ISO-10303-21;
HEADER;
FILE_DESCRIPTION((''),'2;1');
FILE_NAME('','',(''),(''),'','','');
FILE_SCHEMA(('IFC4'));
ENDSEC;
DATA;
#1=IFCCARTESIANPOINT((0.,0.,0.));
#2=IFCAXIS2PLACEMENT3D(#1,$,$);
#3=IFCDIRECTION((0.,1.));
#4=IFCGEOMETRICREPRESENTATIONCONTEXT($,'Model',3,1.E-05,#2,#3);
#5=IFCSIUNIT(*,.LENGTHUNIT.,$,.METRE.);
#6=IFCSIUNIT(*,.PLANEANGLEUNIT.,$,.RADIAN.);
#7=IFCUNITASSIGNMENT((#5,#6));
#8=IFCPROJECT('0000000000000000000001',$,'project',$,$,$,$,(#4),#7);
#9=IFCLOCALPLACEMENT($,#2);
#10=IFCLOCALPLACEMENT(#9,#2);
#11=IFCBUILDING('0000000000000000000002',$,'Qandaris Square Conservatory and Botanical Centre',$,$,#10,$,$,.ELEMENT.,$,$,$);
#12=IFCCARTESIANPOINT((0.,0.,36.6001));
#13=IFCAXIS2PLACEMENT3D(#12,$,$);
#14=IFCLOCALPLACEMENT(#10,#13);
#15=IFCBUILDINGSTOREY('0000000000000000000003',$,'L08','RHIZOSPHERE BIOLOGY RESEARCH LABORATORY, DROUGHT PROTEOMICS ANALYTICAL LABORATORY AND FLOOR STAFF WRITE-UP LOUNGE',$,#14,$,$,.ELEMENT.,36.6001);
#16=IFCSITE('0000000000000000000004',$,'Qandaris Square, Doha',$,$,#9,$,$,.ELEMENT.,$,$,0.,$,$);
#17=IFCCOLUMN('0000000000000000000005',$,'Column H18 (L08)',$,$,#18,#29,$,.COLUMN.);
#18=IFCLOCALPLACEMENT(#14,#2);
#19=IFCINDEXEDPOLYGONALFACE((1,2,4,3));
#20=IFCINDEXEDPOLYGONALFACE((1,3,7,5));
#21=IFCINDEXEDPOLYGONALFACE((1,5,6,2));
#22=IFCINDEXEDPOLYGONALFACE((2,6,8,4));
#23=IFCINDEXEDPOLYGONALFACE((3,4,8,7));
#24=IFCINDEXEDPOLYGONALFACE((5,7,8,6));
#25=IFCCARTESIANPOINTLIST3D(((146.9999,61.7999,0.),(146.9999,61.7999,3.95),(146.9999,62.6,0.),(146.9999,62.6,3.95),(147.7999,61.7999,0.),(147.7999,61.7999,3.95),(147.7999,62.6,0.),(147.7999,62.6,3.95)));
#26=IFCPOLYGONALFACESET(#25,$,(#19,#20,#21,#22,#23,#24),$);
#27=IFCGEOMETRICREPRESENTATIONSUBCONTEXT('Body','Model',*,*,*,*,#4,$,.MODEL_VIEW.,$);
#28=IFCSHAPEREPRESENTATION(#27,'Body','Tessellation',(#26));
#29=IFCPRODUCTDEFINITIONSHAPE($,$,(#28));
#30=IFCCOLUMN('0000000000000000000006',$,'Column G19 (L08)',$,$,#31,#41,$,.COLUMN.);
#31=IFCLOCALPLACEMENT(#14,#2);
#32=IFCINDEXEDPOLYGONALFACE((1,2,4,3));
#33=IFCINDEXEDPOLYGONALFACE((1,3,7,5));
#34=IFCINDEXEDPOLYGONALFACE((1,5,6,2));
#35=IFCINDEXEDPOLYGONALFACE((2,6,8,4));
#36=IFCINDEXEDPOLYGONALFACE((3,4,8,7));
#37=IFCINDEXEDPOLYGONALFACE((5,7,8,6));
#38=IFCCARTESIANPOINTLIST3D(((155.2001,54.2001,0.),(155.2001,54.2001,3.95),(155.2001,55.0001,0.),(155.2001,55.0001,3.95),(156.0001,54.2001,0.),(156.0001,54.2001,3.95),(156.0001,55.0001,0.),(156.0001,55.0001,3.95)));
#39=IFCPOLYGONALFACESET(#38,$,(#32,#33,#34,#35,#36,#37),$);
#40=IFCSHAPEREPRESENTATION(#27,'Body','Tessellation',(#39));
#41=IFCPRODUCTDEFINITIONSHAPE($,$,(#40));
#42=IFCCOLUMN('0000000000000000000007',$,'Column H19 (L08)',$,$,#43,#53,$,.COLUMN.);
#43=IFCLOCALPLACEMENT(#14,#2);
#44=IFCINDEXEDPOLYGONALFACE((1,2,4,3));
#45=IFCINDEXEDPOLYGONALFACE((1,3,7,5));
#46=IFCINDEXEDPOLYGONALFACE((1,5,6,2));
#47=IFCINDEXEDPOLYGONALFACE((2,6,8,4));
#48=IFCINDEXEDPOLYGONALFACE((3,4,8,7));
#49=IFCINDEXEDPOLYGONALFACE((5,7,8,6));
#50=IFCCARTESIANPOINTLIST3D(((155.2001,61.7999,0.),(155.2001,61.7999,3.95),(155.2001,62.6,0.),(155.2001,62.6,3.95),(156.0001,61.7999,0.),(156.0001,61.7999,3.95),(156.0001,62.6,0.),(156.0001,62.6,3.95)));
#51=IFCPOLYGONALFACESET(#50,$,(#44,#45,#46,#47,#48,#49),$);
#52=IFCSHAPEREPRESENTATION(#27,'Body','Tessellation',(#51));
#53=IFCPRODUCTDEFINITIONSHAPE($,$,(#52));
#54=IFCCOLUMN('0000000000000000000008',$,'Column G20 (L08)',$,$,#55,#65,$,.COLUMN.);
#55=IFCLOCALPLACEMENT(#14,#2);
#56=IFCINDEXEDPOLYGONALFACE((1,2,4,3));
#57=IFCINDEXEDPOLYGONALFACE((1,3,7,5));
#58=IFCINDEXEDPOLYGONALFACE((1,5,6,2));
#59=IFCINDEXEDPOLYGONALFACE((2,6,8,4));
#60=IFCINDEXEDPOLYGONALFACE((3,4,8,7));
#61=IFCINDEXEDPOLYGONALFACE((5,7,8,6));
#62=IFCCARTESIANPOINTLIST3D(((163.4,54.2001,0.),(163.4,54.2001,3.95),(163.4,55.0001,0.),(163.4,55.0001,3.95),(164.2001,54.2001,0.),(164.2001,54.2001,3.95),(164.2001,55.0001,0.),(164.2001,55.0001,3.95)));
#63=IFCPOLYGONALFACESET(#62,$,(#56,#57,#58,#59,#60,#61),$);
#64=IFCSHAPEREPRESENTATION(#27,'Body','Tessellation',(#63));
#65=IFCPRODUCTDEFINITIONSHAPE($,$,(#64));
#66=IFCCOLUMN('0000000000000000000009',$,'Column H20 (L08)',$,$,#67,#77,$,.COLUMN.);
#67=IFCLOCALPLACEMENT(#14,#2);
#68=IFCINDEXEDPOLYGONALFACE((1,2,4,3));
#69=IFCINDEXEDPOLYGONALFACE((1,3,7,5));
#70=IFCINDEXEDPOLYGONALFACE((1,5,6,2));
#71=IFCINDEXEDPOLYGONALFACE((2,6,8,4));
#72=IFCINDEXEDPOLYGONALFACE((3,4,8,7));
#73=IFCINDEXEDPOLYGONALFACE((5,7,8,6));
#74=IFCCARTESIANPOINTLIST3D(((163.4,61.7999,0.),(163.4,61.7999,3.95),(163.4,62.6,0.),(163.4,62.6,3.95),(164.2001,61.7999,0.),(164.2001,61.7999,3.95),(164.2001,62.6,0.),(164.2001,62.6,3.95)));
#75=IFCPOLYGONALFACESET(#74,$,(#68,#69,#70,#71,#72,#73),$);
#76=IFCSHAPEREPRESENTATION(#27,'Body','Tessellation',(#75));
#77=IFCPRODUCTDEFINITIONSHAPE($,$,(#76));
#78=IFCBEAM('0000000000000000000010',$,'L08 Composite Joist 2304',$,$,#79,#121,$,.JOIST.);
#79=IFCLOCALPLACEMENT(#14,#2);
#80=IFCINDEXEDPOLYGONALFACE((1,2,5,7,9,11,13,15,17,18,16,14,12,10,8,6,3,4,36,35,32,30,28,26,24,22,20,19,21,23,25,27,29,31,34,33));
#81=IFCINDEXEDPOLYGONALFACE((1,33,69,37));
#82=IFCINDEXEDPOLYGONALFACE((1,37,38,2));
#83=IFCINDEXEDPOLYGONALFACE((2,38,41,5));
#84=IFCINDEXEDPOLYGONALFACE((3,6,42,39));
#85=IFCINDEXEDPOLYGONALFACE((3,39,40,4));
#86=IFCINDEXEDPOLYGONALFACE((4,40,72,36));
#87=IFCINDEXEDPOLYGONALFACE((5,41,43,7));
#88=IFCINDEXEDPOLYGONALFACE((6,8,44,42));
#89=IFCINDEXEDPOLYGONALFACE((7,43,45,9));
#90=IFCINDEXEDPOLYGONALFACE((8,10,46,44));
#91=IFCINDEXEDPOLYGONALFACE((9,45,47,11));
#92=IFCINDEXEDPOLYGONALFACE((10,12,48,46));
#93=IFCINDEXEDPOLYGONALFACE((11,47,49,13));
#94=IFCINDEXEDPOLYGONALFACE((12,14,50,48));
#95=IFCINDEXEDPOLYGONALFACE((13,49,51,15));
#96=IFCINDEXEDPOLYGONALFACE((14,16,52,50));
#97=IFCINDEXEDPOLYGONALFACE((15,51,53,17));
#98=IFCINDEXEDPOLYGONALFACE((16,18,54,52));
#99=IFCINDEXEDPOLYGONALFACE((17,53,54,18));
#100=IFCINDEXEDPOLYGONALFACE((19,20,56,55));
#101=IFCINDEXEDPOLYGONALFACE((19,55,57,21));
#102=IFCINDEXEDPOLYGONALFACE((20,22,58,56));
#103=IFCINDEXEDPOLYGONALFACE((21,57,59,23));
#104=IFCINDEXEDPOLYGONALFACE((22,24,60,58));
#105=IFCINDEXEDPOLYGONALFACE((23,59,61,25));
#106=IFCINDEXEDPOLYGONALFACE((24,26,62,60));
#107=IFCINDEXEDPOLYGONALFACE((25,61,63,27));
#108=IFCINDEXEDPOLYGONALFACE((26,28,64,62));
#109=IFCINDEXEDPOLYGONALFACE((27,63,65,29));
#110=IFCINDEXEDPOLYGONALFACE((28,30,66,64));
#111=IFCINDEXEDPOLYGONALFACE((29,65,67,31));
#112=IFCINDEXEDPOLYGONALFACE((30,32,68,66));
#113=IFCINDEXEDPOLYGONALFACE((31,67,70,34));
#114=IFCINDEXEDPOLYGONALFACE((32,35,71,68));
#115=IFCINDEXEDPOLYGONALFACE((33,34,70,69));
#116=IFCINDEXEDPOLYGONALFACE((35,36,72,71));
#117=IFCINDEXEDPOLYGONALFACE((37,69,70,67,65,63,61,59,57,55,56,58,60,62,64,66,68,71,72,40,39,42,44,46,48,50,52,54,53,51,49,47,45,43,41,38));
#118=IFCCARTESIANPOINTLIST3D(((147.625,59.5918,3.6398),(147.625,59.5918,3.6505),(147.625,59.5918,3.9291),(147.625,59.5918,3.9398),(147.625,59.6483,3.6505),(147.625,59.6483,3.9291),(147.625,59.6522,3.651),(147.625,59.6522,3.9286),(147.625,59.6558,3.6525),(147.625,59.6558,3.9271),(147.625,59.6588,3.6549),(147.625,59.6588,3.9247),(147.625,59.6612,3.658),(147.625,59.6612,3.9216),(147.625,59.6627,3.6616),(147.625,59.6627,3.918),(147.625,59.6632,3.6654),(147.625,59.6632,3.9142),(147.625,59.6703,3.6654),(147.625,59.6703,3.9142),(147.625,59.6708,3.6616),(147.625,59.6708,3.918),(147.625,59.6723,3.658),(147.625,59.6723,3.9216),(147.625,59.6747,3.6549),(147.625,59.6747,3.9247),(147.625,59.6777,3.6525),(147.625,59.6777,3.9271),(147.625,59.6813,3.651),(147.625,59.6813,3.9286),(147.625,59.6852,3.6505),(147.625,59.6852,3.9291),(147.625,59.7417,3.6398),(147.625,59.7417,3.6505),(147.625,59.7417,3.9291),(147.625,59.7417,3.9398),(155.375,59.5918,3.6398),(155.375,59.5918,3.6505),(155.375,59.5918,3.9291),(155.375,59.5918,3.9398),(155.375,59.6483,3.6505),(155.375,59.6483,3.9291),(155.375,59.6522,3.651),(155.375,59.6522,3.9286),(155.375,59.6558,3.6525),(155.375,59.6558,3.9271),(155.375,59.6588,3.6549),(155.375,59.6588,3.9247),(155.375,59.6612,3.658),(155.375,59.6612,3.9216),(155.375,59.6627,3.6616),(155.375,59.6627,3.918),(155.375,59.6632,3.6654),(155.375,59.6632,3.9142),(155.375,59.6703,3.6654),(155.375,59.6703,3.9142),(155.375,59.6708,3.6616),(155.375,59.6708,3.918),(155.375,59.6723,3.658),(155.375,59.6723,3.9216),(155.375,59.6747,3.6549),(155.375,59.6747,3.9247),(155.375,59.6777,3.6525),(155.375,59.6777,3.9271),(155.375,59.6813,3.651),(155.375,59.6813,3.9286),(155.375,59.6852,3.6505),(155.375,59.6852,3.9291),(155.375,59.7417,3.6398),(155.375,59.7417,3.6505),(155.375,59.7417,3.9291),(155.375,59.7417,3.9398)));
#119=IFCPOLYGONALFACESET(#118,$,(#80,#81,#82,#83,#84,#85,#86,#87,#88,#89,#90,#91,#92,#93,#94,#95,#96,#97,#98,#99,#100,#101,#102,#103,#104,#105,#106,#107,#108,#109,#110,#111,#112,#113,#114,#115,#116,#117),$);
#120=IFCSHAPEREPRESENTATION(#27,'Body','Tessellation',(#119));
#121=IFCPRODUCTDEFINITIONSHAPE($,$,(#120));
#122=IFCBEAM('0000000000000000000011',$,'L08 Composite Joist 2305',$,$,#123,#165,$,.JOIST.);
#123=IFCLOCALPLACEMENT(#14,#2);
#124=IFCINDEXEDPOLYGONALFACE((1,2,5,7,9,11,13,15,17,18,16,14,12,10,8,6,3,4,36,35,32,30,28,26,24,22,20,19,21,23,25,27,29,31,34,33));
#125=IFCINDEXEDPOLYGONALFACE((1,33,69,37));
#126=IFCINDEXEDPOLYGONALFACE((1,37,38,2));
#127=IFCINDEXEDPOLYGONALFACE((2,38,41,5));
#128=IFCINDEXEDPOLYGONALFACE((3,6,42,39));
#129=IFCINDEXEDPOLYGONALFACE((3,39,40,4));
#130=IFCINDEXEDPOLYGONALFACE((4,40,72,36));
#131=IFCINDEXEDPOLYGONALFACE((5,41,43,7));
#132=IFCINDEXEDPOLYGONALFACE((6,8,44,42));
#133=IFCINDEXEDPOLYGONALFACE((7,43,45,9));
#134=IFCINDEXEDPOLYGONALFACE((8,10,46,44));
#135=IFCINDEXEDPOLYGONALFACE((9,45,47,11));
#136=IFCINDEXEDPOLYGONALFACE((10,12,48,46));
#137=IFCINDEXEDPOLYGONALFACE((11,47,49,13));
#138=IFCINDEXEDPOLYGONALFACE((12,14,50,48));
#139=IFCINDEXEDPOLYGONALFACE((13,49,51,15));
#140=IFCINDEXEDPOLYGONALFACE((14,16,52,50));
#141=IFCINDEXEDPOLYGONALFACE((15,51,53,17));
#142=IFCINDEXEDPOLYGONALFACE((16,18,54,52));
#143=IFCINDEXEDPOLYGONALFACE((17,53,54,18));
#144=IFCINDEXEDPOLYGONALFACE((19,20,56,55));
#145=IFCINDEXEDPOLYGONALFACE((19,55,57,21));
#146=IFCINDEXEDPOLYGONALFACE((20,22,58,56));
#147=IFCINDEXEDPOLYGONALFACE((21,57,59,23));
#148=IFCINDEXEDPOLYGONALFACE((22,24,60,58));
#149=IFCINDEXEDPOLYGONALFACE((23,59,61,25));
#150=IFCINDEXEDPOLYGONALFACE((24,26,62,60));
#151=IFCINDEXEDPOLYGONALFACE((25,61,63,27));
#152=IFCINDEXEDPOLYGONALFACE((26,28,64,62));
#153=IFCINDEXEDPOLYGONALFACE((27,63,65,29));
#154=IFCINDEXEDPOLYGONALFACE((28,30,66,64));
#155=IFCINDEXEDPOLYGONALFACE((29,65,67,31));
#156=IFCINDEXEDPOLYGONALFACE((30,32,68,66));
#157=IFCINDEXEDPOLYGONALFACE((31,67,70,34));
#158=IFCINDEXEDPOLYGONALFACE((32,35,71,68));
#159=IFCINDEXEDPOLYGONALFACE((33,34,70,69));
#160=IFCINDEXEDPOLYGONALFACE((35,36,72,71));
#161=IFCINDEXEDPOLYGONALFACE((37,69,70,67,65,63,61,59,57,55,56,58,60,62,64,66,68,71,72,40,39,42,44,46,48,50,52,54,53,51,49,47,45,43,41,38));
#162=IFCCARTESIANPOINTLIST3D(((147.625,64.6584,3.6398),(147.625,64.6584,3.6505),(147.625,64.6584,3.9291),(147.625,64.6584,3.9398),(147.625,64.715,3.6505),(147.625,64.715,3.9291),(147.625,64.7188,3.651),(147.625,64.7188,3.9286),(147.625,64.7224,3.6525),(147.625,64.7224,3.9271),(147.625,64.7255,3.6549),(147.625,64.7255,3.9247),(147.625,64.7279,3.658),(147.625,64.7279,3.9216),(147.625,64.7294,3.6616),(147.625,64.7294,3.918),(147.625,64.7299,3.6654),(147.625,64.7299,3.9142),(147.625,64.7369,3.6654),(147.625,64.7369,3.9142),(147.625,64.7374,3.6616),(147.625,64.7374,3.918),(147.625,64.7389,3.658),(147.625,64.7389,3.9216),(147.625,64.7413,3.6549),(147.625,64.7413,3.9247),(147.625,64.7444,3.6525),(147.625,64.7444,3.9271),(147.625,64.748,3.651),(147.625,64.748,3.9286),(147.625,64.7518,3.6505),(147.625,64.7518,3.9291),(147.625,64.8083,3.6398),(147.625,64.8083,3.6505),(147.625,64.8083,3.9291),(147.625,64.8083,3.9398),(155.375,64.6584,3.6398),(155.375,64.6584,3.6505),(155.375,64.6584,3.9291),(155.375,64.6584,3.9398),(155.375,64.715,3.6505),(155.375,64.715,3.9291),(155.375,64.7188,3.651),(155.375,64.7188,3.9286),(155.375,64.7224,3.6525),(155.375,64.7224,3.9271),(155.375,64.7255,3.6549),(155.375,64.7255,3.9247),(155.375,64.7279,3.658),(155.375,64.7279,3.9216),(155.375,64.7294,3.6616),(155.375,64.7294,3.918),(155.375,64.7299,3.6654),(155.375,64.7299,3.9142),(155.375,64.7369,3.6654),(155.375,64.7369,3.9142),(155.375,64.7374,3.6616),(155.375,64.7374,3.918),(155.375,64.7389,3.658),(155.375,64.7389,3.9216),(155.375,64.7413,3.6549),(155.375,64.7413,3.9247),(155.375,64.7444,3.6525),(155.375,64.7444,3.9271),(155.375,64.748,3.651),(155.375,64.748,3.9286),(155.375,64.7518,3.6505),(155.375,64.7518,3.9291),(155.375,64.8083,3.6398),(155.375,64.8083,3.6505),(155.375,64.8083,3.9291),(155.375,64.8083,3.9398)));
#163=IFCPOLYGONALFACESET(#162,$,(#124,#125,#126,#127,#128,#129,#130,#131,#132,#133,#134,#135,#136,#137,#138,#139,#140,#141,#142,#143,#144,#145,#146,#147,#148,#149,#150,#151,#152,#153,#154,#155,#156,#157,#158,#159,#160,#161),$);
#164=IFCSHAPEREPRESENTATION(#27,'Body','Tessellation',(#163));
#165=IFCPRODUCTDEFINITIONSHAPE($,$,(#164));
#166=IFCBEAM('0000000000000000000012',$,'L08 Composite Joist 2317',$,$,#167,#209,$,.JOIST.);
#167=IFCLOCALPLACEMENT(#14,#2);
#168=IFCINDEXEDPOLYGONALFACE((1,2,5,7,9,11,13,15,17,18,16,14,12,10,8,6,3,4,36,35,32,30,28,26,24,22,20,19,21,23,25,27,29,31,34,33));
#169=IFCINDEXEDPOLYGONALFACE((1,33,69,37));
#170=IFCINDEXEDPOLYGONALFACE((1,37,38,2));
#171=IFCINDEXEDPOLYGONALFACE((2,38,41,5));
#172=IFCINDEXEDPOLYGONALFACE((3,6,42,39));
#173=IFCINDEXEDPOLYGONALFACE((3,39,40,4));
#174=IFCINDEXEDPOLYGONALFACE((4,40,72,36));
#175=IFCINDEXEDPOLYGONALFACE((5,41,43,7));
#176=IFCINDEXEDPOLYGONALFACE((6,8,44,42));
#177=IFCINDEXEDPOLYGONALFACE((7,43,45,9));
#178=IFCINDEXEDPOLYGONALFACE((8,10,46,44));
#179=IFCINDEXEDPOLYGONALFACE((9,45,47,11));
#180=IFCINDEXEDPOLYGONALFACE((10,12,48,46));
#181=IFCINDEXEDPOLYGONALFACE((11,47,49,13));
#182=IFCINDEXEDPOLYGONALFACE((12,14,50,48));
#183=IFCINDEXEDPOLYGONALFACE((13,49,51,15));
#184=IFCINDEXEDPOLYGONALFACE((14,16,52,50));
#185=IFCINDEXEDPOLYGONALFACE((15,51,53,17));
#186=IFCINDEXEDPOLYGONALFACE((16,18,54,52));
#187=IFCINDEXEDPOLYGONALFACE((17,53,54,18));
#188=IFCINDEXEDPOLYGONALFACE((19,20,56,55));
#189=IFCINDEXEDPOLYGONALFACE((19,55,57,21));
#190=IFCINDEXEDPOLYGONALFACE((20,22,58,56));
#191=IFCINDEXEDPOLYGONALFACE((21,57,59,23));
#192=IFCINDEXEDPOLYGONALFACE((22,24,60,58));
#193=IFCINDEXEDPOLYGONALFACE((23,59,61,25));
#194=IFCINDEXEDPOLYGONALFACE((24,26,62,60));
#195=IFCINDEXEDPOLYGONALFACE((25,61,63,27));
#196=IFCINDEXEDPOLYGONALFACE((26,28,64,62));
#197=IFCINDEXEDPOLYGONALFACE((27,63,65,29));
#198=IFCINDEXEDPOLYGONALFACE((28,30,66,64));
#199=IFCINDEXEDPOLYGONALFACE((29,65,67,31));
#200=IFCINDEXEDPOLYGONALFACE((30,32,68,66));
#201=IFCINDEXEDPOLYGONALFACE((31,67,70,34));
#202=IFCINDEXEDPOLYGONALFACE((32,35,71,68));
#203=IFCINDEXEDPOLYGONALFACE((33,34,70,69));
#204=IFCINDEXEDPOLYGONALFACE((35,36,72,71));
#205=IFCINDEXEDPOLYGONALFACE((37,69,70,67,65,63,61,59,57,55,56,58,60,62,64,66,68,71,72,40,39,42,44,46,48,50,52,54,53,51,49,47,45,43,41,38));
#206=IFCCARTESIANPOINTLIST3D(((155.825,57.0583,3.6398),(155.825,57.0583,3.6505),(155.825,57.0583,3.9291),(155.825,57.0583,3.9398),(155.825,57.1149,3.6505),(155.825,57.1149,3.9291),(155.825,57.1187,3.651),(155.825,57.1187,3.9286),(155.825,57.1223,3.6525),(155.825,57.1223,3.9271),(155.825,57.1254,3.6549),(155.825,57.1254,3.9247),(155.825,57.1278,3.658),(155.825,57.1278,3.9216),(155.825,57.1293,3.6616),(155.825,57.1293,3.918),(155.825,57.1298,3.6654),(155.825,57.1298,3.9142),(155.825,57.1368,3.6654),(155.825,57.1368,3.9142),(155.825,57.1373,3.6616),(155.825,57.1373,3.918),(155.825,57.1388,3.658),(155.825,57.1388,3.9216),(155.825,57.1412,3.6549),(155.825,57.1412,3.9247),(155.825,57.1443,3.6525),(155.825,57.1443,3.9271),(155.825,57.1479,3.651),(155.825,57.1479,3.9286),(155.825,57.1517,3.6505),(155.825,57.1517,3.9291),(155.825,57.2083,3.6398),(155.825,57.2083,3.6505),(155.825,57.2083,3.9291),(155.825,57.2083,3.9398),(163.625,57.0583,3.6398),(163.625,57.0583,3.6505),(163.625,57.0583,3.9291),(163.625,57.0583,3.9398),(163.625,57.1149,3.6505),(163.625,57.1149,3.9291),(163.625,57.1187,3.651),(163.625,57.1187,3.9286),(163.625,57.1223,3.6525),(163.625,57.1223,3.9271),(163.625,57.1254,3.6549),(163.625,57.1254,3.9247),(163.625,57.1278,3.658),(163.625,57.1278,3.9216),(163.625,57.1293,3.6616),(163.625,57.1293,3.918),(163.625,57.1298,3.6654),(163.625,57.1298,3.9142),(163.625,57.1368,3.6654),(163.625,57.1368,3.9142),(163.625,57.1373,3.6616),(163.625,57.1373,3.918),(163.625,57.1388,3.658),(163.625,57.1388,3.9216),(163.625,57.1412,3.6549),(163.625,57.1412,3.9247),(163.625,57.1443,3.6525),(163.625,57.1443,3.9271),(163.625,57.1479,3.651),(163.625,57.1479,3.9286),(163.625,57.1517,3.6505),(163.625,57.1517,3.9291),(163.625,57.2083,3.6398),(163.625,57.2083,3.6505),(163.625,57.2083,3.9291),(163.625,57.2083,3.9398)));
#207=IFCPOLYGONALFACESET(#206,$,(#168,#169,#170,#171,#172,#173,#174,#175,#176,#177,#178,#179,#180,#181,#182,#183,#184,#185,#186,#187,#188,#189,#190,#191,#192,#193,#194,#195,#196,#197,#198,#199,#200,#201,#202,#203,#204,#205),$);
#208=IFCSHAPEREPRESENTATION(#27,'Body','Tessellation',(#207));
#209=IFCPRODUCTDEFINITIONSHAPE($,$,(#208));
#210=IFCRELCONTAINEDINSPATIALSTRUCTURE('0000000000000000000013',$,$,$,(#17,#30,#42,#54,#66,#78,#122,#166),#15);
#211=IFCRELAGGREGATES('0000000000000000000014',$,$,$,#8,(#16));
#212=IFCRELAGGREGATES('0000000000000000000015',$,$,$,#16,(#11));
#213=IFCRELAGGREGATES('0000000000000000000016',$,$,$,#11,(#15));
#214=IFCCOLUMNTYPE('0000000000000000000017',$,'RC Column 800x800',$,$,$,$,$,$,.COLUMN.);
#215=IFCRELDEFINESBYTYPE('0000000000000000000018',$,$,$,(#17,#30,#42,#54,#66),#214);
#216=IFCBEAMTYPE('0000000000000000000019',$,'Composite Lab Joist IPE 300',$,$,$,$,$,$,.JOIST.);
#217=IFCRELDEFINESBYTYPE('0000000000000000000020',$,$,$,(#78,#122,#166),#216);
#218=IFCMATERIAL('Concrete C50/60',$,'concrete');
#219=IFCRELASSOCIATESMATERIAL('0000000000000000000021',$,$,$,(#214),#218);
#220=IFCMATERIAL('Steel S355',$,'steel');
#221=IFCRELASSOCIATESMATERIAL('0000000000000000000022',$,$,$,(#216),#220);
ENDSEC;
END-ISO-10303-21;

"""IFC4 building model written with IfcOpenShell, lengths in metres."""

from ifc_helpers import new_model, si_unit, direction, frame, origin, origin_2d, place, context, subcontext, project, spatial, rectangle, i_section, extrude, material, material_profile, profile_set, type_object, element, save


model = new_model("IFC4")

# Units and contexts
model_context = context("Model", 3, precision=1e-05, world=origin(), true_north=direction((0.0, 1.0)))
body_context = subcontext(model_context, "Body", "Model", "MODEL_VIEW")
ifc_project = project(units=[si_unit("LENGTHUNIT", "METRE"), si_unit("PLANEANGLEUNIT", "RADIAN")], contexts=[model_context])

# Site, building, storey
site_placement = place(None, origin())
site = spatial("IfcSite", under=ifc_project, at=site_placement, Name="Qandaris Square, Doha", CompositionType="ELEMENT", RefElevation=0.0)
building_placement = place(site_placement, origin())
building = spatial("IfcBuilding", under=site, at=building_placement, Name="Qandaris Square Conservatory and Botanical Centre", CompositionType="ELEMENT")
storey_placement = place(building_placement, frame((0.0, 0.0, 36.6001)))
storey = spatial("IfcBuildingStorey", under=building, at=storey_placement, Name="L08", Description="RHIZOSPHERE BIOLOGY RESEARCH LABORATORY, DROUGHT PROTEOMICS ANALYTICAL LABORATORY AND FLOOR STAFF WRITE-UP LOUNGE", CompositionType="ELEMENT", Elevation=36.6001)

# Columns
ifc_material_1 = material(Name="Concrete C50/60", Category="concrete")
ifc_material_profile_1 = material_profile(ifc_material_1, rectangle(XDim=0.8, YDim=0.8, at=origin_2d()), Name="RC-COL 800x800")
ifc_profile_set_1 = profile_set([ifc_material_profile_1], Name="Concrete C50/60")
column_type = type_object("IfcColumnType", Name="RC Column 800x800", PredefinedType="COLUMN", material=ifc_profile_set_1)
for number, where, z_axis, x_axis, name in (
    (1, (147.3999, 62.2, 0.0), (0.0, 0.0, 1.0), (1.0, 0.0, 0.0), "Column H18 (L08)"),
    (2, (155.6001, 54.6001, 0.0), (0.0, 0.0, 1.0), (1.0, 0.0, 0.0), "Column G19 (L08)"),
    (3, (155.6001, 62.2, 0.0), (0.0, 0.0, 1.0), (1.0, 0.0, 0.0), "Column H19 (L08)"),
    (4, (163.8, 54.6001, 0.0), (0.0, 0.0, 1.0), (1.0, 0.0, 0.0), "Column G20 (L08)"),
    (5, (163.8, 62.2, 0.0), (0.0, 0.0, 1.0), (1.0, 0.0, 0.0), "Column H20 (L08)"),
):
    element("IfcColumn", number, at=place(storey_placement, frame(where, z_axis=z_axis, x_axis=x_axis)), inside=storey, type_object=column_type, Name=name, PredefinedType="COLUMN", context=body_context, shape_type="SweptSolid", body=[
        extrude(rectangle(XDim=0.8, YDim=0.8, at=origin_2d()), origin(), (0.0, 0.0, 1.0), 3.95),
    ])

# Beams
ifc_material_2 = material(Name="Steel S355", Category="steel")
ifc_material_profile_2 = material_profile(ifc_material_2, i_section(OverallWidth=0.1499, OverallDepth=0.3, WebThickness=0.0071, FlangeThickness=0.0107, FilletRadius=0.0149, at=origin_2d()), Name="IPE 300")
ifc_profile_set_2 = profile_set([ifc_material_profile_2], Name="Steel S355")
beam_type_1 = type_object("IfcBeamType", Name="Composite Lab Joist IPE 300", PredefinedType="JOIST", material=ifc_profile_set_2)
for number, where, z_axis, x_axis, name in (
    (6, (147.625, 59.6667, 3.7898), (1.0, 0.0, 0.0), (0.0, 1.0, 0.0), "L08 Composite Joist 2304"),
    (7, (147.625, 64.7334, 3.7898), (1.0, 0.0, 0.0), (0.0, 1.0, 0.0), "L08 Composite Joist 2305"),
):
    element("IfcBeam", number, at=place(storey_placement, frame(where, z_axis=z_axis, x_axis=x_axis)), inside=storey, type_object=beam_type_1, Name=name, PredefinedType="JOIST", context=body_context, shape_type="SweptSolid", body=[
        extrude(i_section(OverallWidth=0.1499, OverallDepth=0.3, WebThickness=0.0071, FlangeThickness=0.0107, FilletRadius=0.0149, at=origin_2d()), origin(), (0.0, 0.0, 1.0), 7.75),
    ])
beam_1_placement = place(storey_placement, frame((155.825, 57.1333, 3.7898), z_axis=(1.0, 0.0, 0.0), x_axis=(0.0, 1.0, 0.0)))
element("IfcBeam", 8, at=beam_1_placement, inside=storey, type_object=beam_type_1, Name="L08 Composite Joist 2317", PredefinedType="JOIST", context=body_context, shape_type="SweptSolid", body=[
    extrude(i_section(OverallWidth=0.1499, OverallDepth=0.3, WebThickness=0.0071, FlangeThickness=0.0107, FilletRadius=0.0149, at=origin_2d()), origin(), (0.0, 0.0, 1.0), 7.8),
])

save(model, "model.ifc")
